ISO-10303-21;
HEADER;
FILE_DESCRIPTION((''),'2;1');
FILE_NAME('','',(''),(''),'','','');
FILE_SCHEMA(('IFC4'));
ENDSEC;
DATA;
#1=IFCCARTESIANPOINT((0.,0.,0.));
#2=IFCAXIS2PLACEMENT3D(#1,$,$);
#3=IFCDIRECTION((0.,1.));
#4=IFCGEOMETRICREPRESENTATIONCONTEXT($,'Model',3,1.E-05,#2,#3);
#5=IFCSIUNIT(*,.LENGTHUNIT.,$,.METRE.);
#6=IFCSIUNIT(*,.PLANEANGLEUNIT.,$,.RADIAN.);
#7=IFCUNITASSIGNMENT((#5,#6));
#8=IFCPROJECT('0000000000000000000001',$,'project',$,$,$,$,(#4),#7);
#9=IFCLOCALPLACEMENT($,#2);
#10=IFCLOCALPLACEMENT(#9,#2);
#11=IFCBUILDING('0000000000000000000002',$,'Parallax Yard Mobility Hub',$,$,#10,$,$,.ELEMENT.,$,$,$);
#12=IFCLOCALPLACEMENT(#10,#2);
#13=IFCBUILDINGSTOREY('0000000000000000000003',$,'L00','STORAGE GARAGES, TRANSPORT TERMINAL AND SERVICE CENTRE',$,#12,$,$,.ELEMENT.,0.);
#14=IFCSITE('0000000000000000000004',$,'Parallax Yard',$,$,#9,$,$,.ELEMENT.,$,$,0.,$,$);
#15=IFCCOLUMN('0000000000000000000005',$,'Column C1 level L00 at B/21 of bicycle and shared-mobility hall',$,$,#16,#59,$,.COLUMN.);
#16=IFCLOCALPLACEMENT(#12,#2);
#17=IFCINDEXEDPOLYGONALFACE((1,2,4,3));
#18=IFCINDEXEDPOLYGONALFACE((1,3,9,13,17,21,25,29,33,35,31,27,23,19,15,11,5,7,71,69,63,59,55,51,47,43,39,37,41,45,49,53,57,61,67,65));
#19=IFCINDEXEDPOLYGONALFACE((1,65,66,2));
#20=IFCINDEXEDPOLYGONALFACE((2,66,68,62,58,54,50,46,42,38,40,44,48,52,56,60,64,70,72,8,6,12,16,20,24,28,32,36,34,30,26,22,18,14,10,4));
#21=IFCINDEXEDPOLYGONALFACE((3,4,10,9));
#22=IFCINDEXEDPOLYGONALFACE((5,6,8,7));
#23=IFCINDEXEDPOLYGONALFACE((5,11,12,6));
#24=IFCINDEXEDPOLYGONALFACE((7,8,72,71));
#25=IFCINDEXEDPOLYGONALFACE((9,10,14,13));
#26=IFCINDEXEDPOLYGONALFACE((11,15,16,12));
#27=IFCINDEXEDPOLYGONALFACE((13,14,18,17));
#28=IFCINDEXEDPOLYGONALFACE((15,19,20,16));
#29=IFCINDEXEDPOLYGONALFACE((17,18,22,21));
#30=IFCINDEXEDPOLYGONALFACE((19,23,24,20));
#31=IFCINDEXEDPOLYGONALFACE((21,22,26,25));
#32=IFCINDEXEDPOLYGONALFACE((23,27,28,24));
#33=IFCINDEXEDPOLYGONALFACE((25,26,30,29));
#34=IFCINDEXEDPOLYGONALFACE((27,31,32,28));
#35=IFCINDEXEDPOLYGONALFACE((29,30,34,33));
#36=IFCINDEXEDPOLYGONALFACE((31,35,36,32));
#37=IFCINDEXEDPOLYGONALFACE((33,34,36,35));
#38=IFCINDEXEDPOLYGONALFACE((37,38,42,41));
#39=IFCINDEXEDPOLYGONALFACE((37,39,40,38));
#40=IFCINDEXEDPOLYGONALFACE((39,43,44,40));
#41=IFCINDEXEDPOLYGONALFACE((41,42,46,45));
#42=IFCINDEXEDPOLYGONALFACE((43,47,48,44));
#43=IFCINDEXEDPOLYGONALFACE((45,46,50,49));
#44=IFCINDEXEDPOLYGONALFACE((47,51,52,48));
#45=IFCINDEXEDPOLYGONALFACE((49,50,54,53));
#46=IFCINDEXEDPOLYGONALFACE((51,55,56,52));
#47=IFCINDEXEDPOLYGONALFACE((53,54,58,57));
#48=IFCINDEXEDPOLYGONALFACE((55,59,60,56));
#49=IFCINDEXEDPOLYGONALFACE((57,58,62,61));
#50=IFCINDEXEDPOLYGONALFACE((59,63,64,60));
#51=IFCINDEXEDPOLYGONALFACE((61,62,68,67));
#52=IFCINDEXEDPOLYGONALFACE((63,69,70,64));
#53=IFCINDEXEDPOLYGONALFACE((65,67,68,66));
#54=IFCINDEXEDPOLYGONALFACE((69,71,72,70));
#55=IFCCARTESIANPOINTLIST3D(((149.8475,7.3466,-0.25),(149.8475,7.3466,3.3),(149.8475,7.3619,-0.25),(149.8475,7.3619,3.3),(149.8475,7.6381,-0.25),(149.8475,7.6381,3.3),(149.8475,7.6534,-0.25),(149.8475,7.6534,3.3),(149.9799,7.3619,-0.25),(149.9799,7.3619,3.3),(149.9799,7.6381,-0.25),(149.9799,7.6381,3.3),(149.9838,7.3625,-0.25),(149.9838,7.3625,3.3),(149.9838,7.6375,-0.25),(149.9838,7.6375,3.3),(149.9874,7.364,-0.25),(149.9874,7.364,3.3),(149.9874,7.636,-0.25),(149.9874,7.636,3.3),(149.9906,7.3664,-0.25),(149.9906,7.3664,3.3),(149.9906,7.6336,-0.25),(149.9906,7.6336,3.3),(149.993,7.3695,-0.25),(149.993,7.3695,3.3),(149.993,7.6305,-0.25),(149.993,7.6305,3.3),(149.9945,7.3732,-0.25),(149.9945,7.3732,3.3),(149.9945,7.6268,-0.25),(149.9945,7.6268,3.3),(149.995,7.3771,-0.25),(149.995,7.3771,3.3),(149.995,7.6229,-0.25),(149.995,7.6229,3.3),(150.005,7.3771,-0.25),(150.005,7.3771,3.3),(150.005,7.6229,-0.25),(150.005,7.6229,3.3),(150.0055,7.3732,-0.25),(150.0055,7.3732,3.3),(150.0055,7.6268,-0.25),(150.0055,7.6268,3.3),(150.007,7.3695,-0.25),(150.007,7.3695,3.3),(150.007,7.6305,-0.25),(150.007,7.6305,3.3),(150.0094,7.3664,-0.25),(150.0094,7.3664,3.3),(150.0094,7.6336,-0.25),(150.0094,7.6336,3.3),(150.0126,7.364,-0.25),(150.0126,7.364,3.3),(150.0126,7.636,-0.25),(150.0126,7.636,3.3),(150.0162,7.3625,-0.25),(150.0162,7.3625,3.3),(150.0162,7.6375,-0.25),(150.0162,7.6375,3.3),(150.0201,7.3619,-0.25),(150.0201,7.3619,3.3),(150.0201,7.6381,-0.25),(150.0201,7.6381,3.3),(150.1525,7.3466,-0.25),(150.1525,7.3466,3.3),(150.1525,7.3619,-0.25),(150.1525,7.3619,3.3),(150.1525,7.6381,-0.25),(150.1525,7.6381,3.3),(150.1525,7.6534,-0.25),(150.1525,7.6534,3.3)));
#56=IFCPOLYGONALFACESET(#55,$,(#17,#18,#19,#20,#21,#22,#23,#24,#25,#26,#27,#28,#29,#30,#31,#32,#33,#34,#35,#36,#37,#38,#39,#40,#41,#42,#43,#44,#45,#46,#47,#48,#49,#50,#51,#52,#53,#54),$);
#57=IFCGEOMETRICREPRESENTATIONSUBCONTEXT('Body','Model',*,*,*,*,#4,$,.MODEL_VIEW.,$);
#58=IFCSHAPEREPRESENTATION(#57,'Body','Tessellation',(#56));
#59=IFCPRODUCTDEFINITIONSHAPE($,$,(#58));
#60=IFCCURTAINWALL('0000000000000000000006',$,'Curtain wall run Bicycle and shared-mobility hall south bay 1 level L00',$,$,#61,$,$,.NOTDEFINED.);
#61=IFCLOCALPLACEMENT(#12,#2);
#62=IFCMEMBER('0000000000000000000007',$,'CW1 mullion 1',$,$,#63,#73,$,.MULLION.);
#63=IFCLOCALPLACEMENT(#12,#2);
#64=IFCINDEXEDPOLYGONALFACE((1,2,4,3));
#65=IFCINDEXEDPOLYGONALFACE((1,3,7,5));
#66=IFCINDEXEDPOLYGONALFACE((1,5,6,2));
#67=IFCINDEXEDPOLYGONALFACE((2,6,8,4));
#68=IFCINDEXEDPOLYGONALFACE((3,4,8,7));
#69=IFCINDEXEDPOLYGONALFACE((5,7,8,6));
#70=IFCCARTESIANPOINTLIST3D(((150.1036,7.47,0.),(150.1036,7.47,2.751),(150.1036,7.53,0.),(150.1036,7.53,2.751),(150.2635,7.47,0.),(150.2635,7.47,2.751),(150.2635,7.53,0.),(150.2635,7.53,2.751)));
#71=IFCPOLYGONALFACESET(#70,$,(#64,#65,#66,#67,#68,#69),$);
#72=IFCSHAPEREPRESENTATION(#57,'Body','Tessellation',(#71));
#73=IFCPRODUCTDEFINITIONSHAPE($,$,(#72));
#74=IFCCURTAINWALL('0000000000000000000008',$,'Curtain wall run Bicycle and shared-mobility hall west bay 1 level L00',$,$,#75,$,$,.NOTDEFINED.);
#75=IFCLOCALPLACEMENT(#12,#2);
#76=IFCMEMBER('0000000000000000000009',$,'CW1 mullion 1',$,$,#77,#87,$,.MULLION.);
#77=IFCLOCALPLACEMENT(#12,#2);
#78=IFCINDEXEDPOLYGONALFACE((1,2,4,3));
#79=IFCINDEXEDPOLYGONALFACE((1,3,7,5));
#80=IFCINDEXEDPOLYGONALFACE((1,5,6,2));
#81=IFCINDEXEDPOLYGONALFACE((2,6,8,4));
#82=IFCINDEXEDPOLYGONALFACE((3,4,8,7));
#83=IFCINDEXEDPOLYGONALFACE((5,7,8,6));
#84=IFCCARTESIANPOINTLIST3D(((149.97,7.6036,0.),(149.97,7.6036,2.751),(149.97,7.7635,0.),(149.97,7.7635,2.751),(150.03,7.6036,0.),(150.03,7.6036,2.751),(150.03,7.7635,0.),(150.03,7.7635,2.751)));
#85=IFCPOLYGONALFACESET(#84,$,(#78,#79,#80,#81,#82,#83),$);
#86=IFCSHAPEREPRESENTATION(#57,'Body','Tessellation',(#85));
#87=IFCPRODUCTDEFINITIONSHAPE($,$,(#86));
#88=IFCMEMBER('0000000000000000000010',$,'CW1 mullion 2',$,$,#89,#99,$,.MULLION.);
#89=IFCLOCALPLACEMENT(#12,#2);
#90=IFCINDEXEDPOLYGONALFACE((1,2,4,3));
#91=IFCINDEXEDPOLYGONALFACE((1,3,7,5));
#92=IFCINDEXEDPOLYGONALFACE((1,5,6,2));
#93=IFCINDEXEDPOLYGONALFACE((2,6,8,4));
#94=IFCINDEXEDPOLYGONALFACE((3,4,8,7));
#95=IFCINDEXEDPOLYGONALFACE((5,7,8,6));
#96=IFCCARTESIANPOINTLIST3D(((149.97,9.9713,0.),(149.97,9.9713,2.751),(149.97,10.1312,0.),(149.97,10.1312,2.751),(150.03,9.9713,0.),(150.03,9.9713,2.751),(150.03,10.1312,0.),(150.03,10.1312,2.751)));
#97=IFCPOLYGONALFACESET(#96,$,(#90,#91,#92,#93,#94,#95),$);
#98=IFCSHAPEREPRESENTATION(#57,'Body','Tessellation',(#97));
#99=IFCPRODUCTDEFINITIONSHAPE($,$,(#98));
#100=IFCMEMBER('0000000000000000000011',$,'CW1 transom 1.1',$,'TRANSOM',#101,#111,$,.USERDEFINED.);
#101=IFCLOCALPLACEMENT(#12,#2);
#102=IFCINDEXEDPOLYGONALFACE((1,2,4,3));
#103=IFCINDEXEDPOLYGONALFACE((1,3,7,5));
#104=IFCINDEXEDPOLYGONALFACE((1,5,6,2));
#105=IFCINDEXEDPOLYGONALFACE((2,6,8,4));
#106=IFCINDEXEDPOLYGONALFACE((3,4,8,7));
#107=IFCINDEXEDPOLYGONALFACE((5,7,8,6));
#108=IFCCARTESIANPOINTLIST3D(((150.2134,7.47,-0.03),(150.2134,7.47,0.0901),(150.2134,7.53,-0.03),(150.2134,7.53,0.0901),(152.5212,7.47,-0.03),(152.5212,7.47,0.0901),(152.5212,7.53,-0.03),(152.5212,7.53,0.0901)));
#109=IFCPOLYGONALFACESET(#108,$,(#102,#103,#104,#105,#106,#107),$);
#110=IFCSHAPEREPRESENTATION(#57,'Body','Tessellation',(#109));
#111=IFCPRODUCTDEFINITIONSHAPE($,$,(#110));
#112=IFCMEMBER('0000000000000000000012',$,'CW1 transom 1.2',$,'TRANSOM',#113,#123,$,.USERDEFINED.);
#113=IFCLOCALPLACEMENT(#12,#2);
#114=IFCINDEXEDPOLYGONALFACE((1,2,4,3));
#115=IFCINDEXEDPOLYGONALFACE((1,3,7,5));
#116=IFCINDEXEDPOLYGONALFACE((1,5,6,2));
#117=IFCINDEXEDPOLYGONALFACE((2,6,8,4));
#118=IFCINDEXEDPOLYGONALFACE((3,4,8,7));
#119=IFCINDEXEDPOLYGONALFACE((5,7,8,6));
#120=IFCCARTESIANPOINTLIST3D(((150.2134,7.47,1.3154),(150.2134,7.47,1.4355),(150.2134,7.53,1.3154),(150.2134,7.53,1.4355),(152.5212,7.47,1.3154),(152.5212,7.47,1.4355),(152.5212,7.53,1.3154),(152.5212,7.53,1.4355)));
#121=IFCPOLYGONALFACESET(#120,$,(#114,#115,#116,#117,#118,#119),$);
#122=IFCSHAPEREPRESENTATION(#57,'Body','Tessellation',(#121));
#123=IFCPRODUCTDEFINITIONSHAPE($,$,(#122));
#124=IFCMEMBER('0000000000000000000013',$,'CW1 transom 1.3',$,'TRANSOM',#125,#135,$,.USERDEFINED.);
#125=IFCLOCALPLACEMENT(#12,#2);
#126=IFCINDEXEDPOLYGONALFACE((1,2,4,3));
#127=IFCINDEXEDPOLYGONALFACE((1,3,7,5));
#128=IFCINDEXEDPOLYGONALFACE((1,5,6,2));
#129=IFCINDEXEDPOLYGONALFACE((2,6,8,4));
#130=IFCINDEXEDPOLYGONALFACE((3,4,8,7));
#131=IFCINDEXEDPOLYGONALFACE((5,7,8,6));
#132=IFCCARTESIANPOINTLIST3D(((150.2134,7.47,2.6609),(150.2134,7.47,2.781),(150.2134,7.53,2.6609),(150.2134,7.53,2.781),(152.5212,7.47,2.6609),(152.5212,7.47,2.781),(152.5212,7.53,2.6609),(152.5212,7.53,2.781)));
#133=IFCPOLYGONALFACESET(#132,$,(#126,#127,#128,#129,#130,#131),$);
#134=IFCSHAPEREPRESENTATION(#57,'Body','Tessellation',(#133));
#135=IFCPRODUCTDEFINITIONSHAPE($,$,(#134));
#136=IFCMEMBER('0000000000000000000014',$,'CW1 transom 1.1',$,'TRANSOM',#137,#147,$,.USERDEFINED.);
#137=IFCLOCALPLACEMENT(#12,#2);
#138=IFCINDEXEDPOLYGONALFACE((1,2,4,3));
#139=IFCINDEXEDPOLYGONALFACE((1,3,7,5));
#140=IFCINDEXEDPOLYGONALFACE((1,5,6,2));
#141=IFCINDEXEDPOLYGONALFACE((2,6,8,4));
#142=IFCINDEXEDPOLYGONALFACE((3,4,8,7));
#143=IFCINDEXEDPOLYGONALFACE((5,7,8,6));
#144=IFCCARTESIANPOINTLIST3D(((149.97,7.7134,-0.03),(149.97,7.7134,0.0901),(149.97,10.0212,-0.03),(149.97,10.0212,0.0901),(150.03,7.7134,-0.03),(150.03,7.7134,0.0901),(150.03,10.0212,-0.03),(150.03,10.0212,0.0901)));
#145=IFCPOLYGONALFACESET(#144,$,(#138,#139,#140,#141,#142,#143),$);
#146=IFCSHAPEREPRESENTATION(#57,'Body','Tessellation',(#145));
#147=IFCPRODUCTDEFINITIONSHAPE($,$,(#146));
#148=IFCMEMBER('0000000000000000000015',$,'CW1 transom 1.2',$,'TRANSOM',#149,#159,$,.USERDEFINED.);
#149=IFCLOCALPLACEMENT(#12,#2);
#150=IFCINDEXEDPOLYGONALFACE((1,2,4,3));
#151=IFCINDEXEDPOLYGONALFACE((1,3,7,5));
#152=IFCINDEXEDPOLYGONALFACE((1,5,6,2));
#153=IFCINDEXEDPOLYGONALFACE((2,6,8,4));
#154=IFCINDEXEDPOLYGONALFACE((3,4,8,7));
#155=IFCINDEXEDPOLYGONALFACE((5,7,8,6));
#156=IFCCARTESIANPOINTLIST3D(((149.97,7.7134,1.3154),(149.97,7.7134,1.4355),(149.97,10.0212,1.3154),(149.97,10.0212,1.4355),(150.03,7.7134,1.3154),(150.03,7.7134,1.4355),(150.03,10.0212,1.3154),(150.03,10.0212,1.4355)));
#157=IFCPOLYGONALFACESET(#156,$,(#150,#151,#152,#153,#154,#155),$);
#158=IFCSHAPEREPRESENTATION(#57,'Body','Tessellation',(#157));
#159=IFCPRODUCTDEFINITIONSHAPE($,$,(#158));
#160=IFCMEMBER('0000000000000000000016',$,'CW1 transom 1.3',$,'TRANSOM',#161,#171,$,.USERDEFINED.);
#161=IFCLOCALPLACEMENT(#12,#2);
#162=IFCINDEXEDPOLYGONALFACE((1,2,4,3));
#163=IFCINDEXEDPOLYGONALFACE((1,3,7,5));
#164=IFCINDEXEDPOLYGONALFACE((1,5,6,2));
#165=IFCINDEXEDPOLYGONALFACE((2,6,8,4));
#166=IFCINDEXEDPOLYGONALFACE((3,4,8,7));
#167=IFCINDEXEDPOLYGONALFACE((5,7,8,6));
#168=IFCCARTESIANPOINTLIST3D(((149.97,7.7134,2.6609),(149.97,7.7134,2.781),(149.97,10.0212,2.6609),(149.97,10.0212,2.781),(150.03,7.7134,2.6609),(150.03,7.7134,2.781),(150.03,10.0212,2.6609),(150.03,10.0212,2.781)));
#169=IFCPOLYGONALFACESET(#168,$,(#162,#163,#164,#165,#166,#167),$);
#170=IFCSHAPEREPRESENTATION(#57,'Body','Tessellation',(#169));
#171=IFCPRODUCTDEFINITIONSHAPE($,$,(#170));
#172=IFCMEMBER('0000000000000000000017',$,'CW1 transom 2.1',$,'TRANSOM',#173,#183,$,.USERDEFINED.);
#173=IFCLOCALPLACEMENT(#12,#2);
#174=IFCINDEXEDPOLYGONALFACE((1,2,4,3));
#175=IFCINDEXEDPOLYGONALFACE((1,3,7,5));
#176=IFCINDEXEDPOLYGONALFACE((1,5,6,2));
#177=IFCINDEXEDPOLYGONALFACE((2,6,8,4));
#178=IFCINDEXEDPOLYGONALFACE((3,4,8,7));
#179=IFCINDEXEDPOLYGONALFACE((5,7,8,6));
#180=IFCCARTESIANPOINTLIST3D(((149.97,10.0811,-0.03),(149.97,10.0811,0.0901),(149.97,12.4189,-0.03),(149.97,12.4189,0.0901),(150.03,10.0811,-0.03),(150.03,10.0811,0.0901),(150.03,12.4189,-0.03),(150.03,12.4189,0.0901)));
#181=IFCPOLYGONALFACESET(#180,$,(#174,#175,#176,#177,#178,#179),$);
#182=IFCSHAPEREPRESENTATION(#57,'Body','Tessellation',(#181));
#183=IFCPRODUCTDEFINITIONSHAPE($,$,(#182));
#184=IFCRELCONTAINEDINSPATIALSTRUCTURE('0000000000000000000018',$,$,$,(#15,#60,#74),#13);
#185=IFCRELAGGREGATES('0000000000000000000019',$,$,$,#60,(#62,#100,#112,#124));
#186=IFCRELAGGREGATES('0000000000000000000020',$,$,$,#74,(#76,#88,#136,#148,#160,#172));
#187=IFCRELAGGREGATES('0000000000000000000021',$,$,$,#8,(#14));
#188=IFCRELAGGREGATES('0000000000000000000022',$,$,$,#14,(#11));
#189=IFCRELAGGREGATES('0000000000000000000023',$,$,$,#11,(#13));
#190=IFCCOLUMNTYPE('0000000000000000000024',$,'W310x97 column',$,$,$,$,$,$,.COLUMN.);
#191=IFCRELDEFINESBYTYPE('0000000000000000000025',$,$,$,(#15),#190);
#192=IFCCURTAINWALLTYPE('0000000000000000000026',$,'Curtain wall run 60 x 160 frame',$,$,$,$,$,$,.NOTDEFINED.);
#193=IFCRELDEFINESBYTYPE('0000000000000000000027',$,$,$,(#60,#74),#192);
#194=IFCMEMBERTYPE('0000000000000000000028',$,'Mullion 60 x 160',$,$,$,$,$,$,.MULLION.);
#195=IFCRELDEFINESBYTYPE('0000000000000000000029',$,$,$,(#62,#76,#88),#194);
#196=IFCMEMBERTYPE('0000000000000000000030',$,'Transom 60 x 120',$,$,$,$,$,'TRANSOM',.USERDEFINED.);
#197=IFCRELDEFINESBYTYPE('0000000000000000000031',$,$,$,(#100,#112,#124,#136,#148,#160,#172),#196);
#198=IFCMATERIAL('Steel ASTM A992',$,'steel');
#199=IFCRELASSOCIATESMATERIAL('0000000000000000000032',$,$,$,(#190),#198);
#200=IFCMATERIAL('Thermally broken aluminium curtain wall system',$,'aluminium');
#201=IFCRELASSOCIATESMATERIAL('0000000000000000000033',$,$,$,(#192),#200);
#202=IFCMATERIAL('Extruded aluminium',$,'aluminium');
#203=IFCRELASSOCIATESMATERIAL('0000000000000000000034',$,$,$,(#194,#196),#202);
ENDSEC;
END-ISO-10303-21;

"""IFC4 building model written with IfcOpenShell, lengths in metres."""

from ifc_helpers import new_model, si_unit, direction, frame, origin, origin_2d, place, context, subcontext, project, spatial, rectangle, i_section, extrude, material, material_profile, profile_set, type_object, element, aggregate, save


model = new_model("IFC4")

# Units and contexts
model_context = context("Model", 3, precision=1e-05, world=origin(), true_north=direction((0.0, 1.0)))
body_context = subcontext(model_context, "Body", "Model", "MODEL_VIEW")
ifc_project = project(units=[si_unit("LENGTHUNIT", "METRE"), si_unit("PLANEANGLEUNIT", "RADIAN")], contexts=[model_context])

# Site, building, storey
site_placement = place(None, origin())
site = spatial("IfcSite", under=ifc_project, at=site_placement, Name="Parallax Yard", CompositionType="ELEMENT", RefElevation=0.0)
building_placement = place(site_placement, origin())
building = spatial("IfcBuilding", under=site, at=building_placement, Name="Parallax Yard Mobility Hub", CompositionType="ELEMENT")
storey_placement = place(building_placement, origin())
storey = spatial("IfcBuildingStorey", under=building, at=storey_placement, Name="L00", Description="STORAGE GARAGES, TRANSPORT TERMINAL AND SERVICE CENTRE", CompositionType="ELEMENT", Elevation=0.0)

# Column
ifc_material_1 = material(Name="Steel ASTM A992", Category="steel")
ifc_material_profile_1 = material_profile(ifc_material_1, i_section(OverallWidth=0.3049, OverallDepth=0.3069, WebThickness=0.01, FlangeThickness=0.0154, FilletRadius=0.0151, at=origin_2d()), Name="W310x97")
ifc_profile_set_1 = profile_set([ifc_material_profile_1], Name="Steel ASTM A992")
column_type_1 = type_object("IfcColumnType", Name="W310x97 column", PredefinedType="COLUMN", material=ifc_profile_set_1)
column_1_placement = place(storey_placement, frame((150.0, 7.5, -0.25), z_axis=(0.0, 0.0, 1.0), x_axis=(1.0, 0.0, 0.0)))
element("IfcColumn", 1, at=column_1_placement, inside=storey, type_object=column_type_1, Name="Column C1 level L00 at B/21 of bicycle and shared-mobility hall", PredefinedType="COLUMN", context=body_context, shape_type="SweptSolid", body=[
    extrude(i_section(OverallWidth=0.3049, OverallDepth=0.3069, WebThickness=0.01, FlangeThickness=0.0154, FilletRadius=0.0151, at=origin_2d()), origin(), (0.0, 0.0, 1.0), 3.55),
])

# Curtain wall, member
ifc_material_2 = material(Name="Thermally broken aluminium curtain wall system", Category="aluminium")
curtain_wall_type = type_object("IfcCurtainWallType", Name="Curtain wall run 60 x 160 frame", PredefinedType="NOTDEFINED", material=ifc_material_2)
curtain_wall_1_placement = place(storey_placement, origin())
curtain_wall_1 = element("IfcCurtainWall", 2, at=curtain_wall_1_placement, inside=storey, type_object=curtain_wall_type, Name="Curtain wall run Bicycle and shared-mobility hall south bay 1 level L00", PredefinedType="NOTDEFINED")
ifc_material_3 = material(Name="Extruded aluminium", Category="aluminium")
ifc_material_profile_2 = material_profile(ifc_material_3, rectangle(XDim=0.0601, YDim=0.1599, at=origin_2d()), Name="Mullion 60 x 160")
ifc_profile_set_2 = profile_set([ifc_material_profile_2], Name="Extruded aluminium")
member_type_1 = type_object("IfcMemberType", Name="Mullion 60 x 160", PredefinedType="MULLION", material=ifc_profile_set_2)
member_1_placement = place(storey_placement, frame((150.1836, 7.5, 0.0), z_axis=(0.0, 0.0, 1.0), x_axis=(0.0, 1.0, 0.0)))
member_1 = element("IfcMember", 3, at=member_1_placement, type_object=member_type_1, Name="CW1 mullion 1", PredefinedType="MULLION", context=body_context, shape_type="SweptSolid", body=[
    extrude(rectangle(XDim=0.0601, YDim=0.1599, at=origin_2d()), origin(), (0.0, 0.0, 1.0), 2.751),
])

# Curtain wall, members
curtain_wall_2_placement = place(storey_placement, origin())
curtain_wall_2 = element("IfcCurtainWall", 4, at=curtain_wall_2_placement, inside=storey, type_object=curtain_wall_type, Name="Curtain wall run Bicycle and shared-mobility hall west bay 1 level L00", PredefinedType="NOTDEFINED")
member_2_placement = place(storey_placement, frame((150.0, 7.6836, 0.0), z_axis=(0.0, 0.0, 1.0), x_axis=(-1.0, 0.0, 0.0)))
member_2 = element("IfcMember", 5, at=member_2_placement, type_object=member_type_1, Name="CW1 mullion 1", PredefinedType="MULLION", context=body_context, shape_type="SweptSolid", body=[
    extrude(rectangle(XDim=0.0601, YDim=0.1599, at=origin_2d()), origin(), (0.0, 0.0, 1.0), 2.751),
])
member_3_placement = place(storey_placement, frame((150.0, 10.0513, 0.0), z_axis=(0.0, 0.0, 1.0), x_axis=(-1.0, 0.0, 0.0)))
member_3 = element("IfcMember", 6, at=member_3_placement, type_object=member_type_1, Name="CW1 mullion 2", PredefinedType="MULLION", context=body_context, shape_type="SweptSolid", body=[
    extrude(rectangle(XDim=0.0601, YDim=0.1599, at=origin_2d()), origin(), (0.0, 0.0, 1.0), 2.751),
])

# Members
ifc_material_profile_3 = material_profile(ifc_material_3, rectangle(XDim=0.0601, YDim=0.1201, at=origin_2d()), Name="Transom 60 x 120")
ifc_profile_set_3 = profile_set([ifc_material_profile_3], Name="Extruded aluminium")
member_type_2 = type_object("IfcMemberType", Name="Transom 60 x 120", ElementType="TRANSOM", PredefinedType="USERDEFINED", material=ifc_profile_set_3)
member_4_placement = place(storey_placement, frame((150.2134, 7.5, 0.03), z_axis=(1.0, 0.0, 0.0), x_axis=(0.0, 1.0, 0.0)))
member_4 = element("IfcMember", 7, at=member_4_placement, type_object=member_type_2, Name="CW1 transom 1.1", ObjectType="TRANSOM", PredefinedType="USERDEFINED", context=body_context, shape_type="SweptSolid", body=[
    extrude(rectangle(XDim=0.0601, YDim=0.1201, at=origin_2d()), origin(), (0.0, 0.0, 1.0), 2.3079),
])
member_5_placement = place(storey_placement, frame((150.2134, 7.5, 1.3755), z_axis=(1.0, 0.0, 0.0), x_axis=(0.0, 1.0, 0.0)))
member_5 = element("IfcMember", 8, at=member_5_placement, type_object=member_type_2, Name="CW1 transom 1.2", ObjectType="TRANSOM", PredefinedType="USERDEFINED", context=body_context, shape_type="SweptSolid", body=[
    extrude(rectangle(XDim=0.0601, YDim=0.1201, at=origin_2d()), origin(), (0.0, 0.0, 1.0), 2.3079),
])
member_6_placement = place(storey_placement, frame((150.2134, 7.5, 2.7209), z_axis=(1.0, 0.0, 0.0), x_axis=(0.0, 1.0, 0.0)))
member_6 = element("IfcMember", 9, at=member_6_placement, type_object=member_type_2, Name="CW1 transom 1.3", ObjectType="TRANSOM", PredefinedType="USERDEFINED", context=body_context, shape_type="SweptSolid", body=[
    extrude(rectangle(XDim=0.0601, YDim=0.1201, at=origin_2d()), origin(), (0.0, 0.0, 1.0), 2.3079),
])
member_7_placement = place(storey_placement, frame((150.0, 7.7134, 0.03), z_axis=(0.0, 1.0, 0.0), x_axis=(-1.0, 0.0, 0.0)))
member_7 = element("IfcMember", 10, at=member_7_placement, type_object=member_type_2, Name="CW1 transom 1.1", ObjectType="TRANSOM", PredefinedType="USERDEFINED", context=body_context, shape_type="SweptSolid", body=[
    extrude(rectangle(XDim=0.0601, YDim=0.1201, at=origin_2d()), origin(), (0.0, 0.0, 1.0), 2.3079),
])
member_8_placement = place(storey_placement, frame((150.0, 7.7134, 1.3755), z_axis=(0.0, 1.0, 0.0), x_axis=(-1.0, 0.0, 0.0)))
member_8 = element("IfcMember", 11, at=member_8_placement, type_object=member_type_2, Name="CW1 transom 1.2", ObjectType="TRANSOM", PredefinedType="USERDEFINED", context=body_context, shape_type="SweptSolid", body=[
    extrude(rectangle(XDim=0.0601, YDim=0.1201, at=origin_2d()), origin(), (0.0, 0.0, 1.0), 2.3079),
])
member_9_placement = place(storey_placement, frame((150.0, 7.7134, 2.7209), z_axis=(0.0, 1.0, 0.0), x_axis=(-1.0, 0.0, 0.0)))
member_9 = element("IfcMember", 12, at=member_9_placement, type_object=member_type_2, Name="CW1 transom 1.3", ObjectType="TRANSOM", PredefinedType="USERDEFINED", context=body_context, shape_type="SweptSolid", body=[
    extrude(rectangle(XDim=0.0601, YDim=0.1201, at=origin_2d()), origin(), (0.0, 0.0, 1.0), 2.3079),
])
member_10_placement = place(storey_placement, frame((150.0, 10.0811, 0.03), z_axis=(0.0, 1.0, 0.0), x_axis=(-1.0, 0.0, 0.0)))
member_10 = element("IfcMember", 13, at=member_10_placement, type_object=member_type_2, Name="CW1 transom 2.1", ObjectType="TRANSOM", PredefinedType="USERDEFINED", context=body_context, shape_type="SweptSolid", body=[
    extrude(rectangle(XDim=0.0601, YDim=0.1201, at=origin_2d()), origin(), (0.0, 0.0, 1.0), 2.3379),
])

aggregate(curtain_wall_1, [member_1, member_4, member_5, member_6])
aggregate(curtain_wall_2, [member_2, member_3, member_7, member_8, member_9, member_10])

save(model, "model.ifc")
